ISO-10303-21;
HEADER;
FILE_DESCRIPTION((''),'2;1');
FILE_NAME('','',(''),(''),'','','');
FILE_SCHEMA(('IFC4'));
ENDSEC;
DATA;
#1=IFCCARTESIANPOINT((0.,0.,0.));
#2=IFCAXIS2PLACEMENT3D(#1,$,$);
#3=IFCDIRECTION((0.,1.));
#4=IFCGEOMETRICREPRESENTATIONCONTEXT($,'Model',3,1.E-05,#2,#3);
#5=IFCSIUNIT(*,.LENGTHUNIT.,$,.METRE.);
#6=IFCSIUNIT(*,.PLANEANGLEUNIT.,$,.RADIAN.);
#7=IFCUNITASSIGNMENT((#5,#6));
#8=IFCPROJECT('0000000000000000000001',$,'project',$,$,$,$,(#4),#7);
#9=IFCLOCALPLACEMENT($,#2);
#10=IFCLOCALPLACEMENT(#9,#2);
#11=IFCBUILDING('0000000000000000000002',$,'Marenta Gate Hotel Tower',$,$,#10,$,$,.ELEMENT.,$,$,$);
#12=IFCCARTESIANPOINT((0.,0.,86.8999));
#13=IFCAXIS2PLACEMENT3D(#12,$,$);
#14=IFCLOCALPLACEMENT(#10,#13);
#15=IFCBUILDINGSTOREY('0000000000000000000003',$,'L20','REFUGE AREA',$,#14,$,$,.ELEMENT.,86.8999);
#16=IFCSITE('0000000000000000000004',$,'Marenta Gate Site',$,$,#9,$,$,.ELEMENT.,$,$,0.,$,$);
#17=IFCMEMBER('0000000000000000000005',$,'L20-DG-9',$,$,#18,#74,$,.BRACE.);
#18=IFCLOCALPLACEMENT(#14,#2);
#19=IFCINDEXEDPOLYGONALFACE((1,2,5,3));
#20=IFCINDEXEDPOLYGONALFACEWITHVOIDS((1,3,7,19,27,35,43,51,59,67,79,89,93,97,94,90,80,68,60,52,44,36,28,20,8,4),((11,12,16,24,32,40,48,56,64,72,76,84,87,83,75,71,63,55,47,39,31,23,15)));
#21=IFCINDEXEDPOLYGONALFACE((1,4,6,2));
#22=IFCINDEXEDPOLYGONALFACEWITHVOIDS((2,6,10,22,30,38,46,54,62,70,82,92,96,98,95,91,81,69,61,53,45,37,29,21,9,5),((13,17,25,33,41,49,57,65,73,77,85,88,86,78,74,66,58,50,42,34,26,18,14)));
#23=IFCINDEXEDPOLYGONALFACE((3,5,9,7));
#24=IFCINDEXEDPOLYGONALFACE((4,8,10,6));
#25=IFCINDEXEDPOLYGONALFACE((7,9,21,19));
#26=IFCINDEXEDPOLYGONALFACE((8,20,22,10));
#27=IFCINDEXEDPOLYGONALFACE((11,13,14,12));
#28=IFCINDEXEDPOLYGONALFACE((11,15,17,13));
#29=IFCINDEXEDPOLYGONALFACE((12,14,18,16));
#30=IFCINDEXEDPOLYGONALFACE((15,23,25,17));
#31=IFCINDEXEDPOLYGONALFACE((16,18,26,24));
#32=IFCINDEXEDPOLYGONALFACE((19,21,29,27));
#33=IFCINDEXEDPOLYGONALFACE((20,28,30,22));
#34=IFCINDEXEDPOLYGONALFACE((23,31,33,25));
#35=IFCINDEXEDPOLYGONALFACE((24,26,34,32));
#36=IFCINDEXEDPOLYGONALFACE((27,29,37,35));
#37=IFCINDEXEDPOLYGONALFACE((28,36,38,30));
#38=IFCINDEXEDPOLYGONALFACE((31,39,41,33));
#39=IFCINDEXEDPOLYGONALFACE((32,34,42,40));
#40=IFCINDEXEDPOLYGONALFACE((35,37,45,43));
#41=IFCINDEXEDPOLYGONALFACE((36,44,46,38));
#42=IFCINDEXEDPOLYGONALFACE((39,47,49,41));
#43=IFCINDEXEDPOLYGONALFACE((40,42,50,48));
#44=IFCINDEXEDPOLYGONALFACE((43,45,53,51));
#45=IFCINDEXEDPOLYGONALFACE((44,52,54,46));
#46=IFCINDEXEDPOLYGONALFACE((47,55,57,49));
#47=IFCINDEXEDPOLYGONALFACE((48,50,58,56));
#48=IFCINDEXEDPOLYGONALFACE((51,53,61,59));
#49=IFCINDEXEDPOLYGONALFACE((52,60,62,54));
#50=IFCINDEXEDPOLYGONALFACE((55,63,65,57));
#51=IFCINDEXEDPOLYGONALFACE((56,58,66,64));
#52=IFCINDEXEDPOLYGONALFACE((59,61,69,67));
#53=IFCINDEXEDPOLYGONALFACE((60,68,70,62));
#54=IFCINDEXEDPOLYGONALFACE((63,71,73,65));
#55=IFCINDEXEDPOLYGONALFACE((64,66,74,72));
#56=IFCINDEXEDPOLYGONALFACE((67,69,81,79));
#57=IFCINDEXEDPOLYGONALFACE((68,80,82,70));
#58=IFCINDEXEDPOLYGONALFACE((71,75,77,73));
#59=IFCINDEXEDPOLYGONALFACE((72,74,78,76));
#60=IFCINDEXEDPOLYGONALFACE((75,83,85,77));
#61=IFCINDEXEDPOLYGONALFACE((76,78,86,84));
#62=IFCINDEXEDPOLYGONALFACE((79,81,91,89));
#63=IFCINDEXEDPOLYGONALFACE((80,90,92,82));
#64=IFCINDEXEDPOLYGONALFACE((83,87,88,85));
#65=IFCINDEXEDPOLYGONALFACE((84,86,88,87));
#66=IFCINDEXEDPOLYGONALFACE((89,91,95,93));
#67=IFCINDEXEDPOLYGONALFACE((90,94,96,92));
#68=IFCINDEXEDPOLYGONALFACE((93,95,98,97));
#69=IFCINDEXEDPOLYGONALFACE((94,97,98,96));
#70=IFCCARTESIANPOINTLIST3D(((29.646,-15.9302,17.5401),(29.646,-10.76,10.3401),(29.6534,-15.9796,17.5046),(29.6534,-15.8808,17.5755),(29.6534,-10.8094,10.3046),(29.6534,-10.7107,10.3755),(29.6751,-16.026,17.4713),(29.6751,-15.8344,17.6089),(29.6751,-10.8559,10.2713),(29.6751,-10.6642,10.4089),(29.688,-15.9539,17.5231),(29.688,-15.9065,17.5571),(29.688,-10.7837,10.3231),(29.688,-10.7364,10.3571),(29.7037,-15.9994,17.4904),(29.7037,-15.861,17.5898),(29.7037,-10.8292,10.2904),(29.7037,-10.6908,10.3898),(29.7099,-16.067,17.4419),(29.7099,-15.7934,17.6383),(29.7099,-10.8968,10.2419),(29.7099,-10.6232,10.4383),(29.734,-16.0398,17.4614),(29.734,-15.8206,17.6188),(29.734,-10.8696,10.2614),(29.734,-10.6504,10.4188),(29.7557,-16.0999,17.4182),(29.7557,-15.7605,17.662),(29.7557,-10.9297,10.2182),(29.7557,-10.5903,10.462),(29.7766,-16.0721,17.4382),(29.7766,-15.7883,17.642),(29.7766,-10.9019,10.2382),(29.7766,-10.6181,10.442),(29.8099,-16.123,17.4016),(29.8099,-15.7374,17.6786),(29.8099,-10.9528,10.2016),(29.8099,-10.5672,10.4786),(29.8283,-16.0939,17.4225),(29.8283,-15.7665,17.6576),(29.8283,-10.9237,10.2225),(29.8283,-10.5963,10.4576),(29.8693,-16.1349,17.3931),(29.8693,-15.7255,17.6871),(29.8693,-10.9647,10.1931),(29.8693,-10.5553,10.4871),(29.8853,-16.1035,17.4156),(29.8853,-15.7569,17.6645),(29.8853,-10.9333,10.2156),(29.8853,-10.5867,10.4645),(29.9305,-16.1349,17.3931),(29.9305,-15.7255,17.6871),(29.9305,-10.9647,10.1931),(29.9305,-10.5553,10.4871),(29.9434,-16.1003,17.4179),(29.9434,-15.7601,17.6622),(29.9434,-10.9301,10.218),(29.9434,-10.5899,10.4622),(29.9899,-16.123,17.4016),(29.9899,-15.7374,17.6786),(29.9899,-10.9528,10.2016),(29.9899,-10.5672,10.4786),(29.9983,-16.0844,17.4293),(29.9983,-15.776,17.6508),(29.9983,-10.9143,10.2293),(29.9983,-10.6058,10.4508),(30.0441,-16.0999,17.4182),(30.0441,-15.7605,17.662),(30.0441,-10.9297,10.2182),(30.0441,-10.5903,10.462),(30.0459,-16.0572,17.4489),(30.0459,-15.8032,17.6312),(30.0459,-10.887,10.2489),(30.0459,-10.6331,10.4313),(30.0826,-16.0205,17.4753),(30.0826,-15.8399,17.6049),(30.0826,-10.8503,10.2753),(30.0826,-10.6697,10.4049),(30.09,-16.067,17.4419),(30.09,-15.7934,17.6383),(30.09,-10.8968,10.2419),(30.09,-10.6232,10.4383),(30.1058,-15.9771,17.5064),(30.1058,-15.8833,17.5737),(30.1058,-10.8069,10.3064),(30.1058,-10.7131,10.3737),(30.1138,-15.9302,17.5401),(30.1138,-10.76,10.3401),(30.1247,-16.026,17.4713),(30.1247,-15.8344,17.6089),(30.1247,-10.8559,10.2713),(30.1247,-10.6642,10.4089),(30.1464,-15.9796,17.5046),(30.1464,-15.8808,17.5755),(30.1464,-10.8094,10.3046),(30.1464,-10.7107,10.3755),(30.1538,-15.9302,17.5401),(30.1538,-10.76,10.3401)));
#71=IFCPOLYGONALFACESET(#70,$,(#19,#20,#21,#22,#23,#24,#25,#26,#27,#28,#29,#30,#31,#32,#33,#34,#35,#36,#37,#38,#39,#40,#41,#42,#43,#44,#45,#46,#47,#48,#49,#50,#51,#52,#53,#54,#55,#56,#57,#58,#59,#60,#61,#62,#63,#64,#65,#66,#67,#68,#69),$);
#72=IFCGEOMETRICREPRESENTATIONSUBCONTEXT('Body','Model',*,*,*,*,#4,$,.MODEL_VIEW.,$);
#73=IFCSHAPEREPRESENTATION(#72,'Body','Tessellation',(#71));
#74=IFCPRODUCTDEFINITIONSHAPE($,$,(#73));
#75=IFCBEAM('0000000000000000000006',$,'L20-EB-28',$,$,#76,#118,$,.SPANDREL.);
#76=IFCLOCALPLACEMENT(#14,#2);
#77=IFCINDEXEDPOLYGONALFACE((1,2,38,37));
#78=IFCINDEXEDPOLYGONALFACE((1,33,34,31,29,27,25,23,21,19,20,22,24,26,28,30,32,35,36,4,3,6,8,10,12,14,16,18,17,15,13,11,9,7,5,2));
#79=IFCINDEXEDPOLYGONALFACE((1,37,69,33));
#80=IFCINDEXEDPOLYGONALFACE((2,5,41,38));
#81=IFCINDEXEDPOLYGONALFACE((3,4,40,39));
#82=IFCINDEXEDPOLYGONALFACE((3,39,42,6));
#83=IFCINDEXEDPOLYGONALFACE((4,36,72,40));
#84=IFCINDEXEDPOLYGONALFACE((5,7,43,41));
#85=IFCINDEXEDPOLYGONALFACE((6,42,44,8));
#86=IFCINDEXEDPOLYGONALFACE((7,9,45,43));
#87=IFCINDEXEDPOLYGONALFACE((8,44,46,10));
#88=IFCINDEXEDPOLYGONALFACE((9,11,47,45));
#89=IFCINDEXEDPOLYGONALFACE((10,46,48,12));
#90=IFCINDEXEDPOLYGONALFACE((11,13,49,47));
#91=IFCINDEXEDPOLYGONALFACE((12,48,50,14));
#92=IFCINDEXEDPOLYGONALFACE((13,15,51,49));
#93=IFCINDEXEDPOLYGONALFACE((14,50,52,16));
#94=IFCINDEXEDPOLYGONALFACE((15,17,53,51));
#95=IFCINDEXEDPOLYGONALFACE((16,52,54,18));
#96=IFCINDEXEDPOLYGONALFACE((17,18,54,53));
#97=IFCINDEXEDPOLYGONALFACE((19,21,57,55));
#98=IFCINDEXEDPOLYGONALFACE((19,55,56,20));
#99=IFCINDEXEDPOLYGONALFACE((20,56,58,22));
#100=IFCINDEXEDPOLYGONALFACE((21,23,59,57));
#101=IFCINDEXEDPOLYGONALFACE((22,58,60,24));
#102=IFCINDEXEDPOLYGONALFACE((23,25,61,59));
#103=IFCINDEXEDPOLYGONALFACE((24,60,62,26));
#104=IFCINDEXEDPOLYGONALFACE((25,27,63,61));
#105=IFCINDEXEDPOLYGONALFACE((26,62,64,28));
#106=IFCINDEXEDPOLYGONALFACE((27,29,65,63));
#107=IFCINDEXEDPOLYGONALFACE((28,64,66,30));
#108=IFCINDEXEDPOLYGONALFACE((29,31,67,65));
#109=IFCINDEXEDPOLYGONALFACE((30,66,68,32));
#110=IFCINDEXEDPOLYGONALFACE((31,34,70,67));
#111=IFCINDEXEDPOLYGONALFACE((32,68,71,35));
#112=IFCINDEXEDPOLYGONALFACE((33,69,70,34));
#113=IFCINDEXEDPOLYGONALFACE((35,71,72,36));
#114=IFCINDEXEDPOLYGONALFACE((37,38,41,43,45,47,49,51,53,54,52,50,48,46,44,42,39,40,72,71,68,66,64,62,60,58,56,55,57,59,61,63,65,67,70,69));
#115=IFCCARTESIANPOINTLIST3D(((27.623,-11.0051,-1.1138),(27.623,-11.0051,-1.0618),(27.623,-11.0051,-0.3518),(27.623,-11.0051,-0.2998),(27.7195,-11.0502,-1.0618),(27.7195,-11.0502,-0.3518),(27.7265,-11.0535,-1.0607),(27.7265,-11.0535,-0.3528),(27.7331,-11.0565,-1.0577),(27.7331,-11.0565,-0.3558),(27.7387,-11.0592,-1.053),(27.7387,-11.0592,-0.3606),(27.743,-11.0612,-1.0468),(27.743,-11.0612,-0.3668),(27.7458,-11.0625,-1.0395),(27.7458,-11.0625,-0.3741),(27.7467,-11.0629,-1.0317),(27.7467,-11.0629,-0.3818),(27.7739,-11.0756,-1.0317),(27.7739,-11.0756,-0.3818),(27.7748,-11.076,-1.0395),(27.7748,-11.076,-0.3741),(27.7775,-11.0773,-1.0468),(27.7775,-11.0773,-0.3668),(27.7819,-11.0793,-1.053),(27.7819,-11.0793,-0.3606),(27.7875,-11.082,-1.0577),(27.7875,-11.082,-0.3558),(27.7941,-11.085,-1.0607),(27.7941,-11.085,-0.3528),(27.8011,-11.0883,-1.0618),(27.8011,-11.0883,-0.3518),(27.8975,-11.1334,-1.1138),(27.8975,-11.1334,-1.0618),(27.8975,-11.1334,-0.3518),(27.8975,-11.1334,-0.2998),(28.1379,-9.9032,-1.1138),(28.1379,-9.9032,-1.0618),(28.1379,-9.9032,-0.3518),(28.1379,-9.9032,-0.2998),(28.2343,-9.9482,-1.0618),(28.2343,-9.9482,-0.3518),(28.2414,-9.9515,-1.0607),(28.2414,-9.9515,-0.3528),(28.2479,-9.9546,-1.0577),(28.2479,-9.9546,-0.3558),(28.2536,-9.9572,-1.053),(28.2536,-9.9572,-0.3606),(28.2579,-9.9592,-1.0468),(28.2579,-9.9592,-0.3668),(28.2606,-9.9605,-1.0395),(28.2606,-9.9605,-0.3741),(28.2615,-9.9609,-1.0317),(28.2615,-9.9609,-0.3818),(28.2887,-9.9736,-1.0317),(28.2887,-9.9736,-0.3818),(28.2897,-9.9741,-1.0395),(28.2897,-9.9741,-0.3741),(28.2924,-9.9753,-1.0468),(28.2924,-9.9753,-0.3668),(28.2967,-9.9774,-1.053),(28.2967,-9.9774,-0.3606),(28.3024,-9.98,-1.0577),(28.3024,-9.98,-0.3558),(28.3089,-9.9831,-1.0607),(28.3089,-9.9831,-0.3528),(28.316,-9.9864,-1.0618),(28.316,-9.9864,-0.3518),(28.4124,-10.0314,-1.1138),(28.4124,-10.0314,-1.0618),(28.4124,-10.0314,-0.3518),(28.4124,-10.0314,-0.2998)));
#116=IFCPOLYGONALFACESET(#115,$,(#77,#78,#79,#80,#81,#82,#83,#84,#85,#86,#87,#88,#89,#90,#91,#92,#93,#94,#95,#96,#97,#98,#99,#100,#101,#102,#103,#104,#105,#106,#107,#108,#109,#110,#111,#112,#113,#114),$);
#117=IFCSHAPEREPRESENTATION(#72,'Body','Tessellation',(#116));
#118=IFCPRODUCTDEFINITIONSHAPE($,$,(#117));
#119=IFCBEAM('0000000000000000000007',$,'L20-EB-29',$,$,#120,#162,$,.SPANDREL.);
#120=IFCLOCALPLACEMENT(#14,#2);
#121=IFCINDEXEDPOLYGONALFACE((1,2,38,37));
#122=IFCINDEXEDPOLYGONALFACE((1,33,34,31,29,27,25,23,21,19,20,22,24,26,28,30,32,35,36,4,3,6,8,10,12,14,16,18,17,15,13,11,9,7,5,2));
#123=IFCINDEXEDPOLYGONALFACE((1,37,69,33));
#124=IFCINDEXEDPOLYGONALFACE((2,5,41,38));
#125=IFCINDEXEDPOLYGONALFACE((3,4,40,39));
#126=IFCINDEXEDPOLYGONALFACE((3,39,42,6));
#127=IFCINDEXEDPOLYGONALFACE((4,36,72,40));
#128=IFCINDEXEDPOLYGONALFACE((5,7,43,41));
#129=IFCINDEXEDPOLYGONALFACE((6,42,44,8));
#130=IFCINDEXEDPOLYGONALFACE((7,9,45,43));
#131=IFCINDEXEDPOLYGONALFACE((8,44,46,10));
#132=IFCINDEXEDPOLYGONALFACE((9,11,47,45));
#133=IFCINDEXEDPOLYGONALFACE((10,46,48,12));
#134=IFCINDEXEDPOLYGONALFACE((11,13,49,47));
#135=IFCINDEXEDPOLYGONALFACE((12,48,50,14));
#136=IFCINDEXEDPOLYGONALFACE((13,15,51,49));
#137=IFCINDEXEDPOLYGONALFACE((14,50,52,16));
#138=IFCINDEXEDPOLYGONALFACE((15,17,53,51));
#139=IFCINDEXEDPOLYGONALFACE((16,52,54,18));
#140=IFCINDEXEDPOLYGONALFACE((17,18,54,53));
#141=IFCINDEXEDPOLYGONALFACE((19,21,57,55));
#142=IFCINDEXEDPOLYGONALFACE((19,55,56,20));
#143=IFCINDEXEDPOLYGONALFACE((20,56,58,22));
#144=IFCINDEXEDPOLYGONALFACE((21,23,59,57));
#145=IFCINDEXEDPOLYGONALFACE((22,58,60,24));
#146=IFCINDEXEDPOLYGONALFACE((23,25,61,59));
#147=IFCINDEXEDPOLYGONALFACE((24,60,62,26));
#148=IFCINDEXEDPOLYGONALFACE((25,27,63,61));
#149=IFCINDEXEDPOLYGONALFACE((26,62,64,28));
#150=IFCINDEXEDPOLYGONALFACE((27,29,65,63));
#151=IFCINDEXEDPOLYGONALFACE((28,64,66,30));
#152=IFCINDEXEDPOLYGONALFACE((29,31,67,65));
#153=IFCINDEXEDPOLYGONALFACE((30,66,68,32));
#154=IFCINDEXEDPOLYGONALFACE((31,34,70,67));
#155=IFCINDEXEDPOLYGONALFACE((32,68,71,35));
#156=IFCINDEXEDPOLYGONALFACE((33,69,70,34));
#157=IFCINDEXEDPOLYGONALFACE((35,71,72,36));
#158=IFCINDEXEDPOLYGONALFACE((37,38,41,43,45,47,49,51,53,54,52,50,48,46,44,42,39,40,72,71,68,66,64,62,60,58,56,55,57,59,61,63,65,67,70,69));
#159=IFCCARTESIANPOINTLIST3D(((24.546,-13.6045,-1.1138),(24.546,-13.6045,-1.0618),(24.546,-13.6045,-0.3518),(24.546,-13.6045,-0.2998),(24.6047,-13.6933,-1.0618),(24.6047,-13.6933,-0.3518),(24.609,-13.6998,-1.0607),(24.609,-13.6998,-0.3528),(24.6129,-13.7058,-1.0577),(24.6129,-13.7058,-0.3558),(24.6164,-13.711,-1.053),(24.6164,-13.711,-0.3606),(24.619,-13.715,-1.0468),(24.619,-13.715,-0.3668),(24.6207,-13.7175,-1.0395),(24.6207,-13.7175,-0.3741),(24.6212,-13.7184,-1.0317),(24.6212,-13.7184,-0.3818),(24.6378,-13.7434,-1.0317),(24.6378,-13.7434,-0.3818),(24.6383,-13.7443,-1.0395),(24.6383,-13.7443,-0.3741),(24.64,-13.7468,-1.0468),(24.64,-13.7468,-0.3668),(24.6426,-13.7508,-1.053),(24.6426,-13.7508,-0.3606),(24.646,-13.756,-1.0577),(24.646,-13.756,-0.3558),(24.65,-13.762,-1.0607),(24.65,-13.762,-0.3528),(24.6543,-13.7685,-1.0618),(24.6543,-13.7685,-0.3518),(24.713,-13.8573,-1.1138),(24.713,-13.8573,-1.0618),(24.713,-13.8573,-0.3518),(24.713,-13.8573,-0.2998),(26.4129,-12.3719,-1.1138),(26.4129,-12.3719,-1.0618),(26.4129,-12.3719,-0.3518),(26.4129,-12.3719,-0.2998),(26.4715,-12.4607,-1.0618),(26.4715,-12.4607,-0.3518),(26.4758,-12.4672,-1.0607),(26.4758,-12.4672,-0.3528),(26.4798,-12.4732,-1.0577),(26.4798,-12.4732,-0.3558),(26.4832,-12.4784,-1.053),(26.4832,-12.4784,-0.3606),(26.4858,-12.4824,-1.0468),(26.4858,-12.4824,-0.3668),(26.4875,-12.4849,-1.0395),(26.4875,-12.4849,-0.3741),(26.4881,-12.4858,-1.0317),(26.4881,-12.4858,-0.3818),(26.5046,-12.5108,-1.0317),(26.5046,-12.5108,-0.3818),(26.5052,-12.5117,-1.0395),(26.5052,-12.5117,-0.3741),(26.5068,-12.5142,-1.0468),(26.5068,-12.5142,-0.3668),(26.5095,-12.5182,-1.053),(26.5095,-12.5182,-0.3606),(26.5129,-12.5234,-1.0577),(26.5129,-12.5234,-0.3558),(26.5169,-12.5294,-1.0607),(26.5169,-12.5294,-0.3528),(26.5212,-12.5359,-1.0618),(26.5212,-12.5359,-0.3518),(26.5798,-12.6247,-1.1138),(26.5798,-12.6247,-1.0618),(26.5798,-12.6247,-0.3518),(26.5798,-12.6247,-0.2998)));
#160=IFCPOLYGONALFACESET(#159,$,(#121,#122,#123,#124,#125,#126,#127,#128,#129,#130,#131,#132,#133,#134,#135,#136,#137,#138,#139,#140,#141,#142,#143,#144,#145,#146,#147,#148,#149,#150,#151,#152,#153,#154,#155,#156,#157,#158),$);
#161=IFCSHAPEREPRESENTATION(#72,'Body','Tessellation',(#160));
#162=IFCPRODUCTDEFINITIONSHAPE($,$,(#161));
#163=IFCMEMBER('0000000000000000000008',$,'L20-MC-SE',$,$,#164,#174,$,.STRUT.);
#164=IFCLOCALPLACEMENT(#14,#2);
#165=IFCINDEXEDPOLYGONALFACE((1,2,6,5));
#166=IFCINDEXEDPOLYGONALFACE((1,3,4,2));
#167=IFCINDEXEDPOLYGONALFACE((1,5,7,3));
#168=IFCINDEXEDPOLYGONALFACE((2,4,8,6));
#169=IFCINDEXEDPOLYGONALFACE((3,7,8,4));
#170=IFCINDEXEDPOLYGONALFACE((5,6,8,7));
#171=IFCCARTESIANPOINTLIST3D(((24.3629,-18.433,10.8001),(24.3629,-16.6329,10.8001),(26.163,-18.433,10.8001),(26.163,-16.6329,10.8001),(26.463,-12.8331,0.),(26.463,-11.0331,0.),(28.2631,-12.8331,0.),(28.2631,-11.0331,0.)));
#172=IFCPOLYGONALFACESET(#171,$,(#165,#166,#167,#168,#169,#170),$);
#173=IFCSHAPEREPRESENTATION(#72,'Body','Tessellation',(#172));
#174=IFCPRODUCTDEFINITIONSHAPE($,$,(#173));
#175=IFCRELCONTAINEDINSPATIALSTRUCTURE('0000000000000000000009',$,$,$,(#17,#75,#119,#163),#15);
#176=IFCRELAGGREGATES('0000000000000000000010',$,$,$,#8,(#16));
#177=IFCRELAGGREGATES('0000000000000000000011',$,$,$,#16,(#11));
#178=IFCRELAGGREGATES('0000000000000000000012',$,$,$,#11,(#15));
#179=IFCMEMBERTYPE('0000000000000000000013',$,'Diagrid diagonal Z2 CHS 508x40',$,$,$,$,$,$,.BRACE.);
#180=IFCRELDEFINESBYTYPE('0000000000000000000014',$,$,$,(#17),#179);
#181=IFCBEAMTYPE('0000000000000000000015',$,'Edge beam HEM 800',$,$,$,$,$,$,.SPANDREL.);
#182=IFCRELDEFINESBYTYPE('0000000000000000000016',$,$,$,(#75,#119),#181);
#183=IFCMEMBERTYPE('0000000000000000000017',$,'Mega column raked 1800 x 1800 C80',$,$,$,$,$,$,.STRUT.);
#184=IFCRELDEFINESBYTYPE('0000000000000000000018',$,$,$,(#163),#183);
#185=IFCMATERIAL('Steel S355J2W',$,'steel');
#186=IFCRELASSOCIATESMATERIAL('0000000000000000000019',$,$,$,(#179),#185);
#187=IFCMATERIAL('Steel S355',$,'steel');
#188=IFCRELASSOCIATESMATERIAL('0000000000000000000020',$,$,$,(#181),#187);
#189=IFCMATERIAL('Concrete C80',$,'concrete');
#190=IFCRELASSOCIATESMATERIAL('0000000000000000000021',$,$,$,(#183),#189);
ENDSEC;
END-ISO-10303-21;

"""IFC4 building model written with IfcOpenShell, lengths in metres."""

from ifc_helpers import new_model, si_unit, direction, frame, origin, origin_2d, place, context, subcontext, project, spatial, rectangle, hollow_circle, i_section, extrude, material, material_profile, profile_set, type_object, element, save


model = new_model("IFC4")

# Units and contexts
model_context = context("Model", 3, precision=1e-05, world=origin(), true_north=direction((0.0, 1.0)))
body_context = subcontext(model_context, "Body", "Model", "MODEL_VIEW")
ifc_project = project(units=[si_unit("LENGTHUNIT", "METRE"), si_unit("PLANEANGLEUNIT", "RADIAN")], contexts=[model_context])

# Site, building, storey
site_placement = place(None, origin())
site = spatial("IfcSite", under=ifc_project, at=site_placement, Name="Marenta Gate Site", CompositionType="ELEMENT", RefElevation=0.0)
building_placement = place(site_placement, origin())
building = spatial("IfcBuilding", under=site, at=building_placement, Name="Marenta Gate Hotel Tower", CompositionType="ELEMENT")
storey_placement = place(building_placement, frame((0.0, 0.0, 86.8999)))
storey = spatial("IfcBuildingStorey", under=building, at=storey_placement, Name="L20", Description="REFUGE AREA", CompositionType="ELEMENT", Elevation=86.8999)

# Member
ifc_material_1 = material(Name="Steel S355J2W", Category="steel")
ifc_material_profile_1 = material_profile(ifc_material_1, hollow_circle(Radius=0.2539, WallThickness=0.04, at=origin_2d()), Name="CHS 508x40")
ifc_profile_set_1 = profile_set([ifc_material_profile_1], Name="Steel S355J2W")
member_type_1 = type_object("IfcMemberType", Name="Diagrid diagonal Z2 CHS 508x40", PredefinedType="BRACE", material=ifc_profile_set_1)
member_1_placement = place(storey_placement, frame((29.8999, -10.76, 10.3401), z_axis=(0.0, -0.583279, 0.812272), x_axis=(1.0, 0.0, 0.0)))
element("IfcMember", 1, at=member_1_placement, inside=storey, type_object=member_type_1, Name="L20-DG-9", PredefinedType="BRACE", context=body_context, shape_type="SweptSolid", body=[
    extrude(hollow_circle(Radius=0.2539, WallThickness=0.04, at=origin_2d()), origin(), (0.0, 0.0, 1.0), 8.864),
])

# Beams
ifc_material_2 = material(Name="Steel S355", Category="steel")
ifc_material_profile_2 = material_profile(ifc_material_2, i_section(OverallWidth=0.303, OverallDepth=0.814, WebThickness=0.03, FlangeThickness=0.052, FilletRadius=0.03, at=origin_2d()), Name="HEM 800")
ifc_profile_set_2 = profile_set([ifc_material_profile_2], Name="Steel S355")
beam_type_1 = type_object("IfcBeamType", Name="Edge beam HEM 800", PredefinedType="SPANDREL", material=ifc_profile_set_2)
beam_1_placement = place(storey_placement, frame((28.2751, -9.9673, -0.7068), z_axis=(-0.423292, -0.905993, 0.0), x_axis=(0.905993, -0.423292, 0.0)))
element("IfcBeam", 2, at=beam_1_placement, inside=storey, type_object=beam_type_1, Name="L20-EB-28", PredefinedType="SPANDREL", context=body_context, shape_type="SweptSolid", body=[
    extrude(i_section(OverallWidth=0.303, OverallDepth=0.814, WebThickness=0.03, FlangeThickness=0.052, FilletRadius=0.03, at=origin_2d()), origin(), (0.0, 0.0, 1.0), 1.2163),
])
beam_2_placement = place(storey_placement, frame((26.4963, -12.4983, -0.7068), z_axis=(-0.83451, -0.550993, 0.0), x_axis=(0.550993, -0.83451, 0.0)))
element("IfcBeam", 3, at=beam_2_placement, inside=storey, type_object=beam_type_1, Name="L20-EB-29", PredefinedType="SPANDREL", context=body_context, shape_type="SweptSolid", body=[
    extrude(i_section(OverallWidth=0.303, OverallDepth=0.814, WebThickness=0.03, FlangeThickness=0.052, FilletRadius=0.03, at=origin_2d()), origin(), (0.0, 0.0, 1.0), 2.2371),
])

# Member
ifc_material_3 = material(Name="Concrete C80", Category="concrete")
ifc_material_profile_3 = material_profile(ifc_material_3, rectangle(XDim=1.8, YDim=1.8, at=origin_2d()), Name="1800 x 1800")
ifc_profile_set_3 = profile_set([ifc_material_profile_3], Name="Concrete C80")
member_type_2 = type_object("IfcMemberType", Name="Mega column raked 1800 x 1800 C80", PredefinedType="STRUT", material=ifc_profile_set_3)
member_2_placement = place(storey_placement, frame((27.363, -11.9331, 0.0), z_axis=(0.0, 0.0, 1.0), x_axis=(1.0, 0.0, 0.0)))
element("IfcMember", 4, at=member_2_placement, inside=storey, type_object=member_type_2, Name="L20-MC-SE", PredefinedType="STRUT", context=body_context, shape_type="SweptSolid", body=[
    extrude(rectangle(XDim=1.8, YDim=1.8, at=origin_2d()), origin(), (-0.170111, -0.453597, 0.874821), 12.3455),
])

save(model, "model.ifc")
